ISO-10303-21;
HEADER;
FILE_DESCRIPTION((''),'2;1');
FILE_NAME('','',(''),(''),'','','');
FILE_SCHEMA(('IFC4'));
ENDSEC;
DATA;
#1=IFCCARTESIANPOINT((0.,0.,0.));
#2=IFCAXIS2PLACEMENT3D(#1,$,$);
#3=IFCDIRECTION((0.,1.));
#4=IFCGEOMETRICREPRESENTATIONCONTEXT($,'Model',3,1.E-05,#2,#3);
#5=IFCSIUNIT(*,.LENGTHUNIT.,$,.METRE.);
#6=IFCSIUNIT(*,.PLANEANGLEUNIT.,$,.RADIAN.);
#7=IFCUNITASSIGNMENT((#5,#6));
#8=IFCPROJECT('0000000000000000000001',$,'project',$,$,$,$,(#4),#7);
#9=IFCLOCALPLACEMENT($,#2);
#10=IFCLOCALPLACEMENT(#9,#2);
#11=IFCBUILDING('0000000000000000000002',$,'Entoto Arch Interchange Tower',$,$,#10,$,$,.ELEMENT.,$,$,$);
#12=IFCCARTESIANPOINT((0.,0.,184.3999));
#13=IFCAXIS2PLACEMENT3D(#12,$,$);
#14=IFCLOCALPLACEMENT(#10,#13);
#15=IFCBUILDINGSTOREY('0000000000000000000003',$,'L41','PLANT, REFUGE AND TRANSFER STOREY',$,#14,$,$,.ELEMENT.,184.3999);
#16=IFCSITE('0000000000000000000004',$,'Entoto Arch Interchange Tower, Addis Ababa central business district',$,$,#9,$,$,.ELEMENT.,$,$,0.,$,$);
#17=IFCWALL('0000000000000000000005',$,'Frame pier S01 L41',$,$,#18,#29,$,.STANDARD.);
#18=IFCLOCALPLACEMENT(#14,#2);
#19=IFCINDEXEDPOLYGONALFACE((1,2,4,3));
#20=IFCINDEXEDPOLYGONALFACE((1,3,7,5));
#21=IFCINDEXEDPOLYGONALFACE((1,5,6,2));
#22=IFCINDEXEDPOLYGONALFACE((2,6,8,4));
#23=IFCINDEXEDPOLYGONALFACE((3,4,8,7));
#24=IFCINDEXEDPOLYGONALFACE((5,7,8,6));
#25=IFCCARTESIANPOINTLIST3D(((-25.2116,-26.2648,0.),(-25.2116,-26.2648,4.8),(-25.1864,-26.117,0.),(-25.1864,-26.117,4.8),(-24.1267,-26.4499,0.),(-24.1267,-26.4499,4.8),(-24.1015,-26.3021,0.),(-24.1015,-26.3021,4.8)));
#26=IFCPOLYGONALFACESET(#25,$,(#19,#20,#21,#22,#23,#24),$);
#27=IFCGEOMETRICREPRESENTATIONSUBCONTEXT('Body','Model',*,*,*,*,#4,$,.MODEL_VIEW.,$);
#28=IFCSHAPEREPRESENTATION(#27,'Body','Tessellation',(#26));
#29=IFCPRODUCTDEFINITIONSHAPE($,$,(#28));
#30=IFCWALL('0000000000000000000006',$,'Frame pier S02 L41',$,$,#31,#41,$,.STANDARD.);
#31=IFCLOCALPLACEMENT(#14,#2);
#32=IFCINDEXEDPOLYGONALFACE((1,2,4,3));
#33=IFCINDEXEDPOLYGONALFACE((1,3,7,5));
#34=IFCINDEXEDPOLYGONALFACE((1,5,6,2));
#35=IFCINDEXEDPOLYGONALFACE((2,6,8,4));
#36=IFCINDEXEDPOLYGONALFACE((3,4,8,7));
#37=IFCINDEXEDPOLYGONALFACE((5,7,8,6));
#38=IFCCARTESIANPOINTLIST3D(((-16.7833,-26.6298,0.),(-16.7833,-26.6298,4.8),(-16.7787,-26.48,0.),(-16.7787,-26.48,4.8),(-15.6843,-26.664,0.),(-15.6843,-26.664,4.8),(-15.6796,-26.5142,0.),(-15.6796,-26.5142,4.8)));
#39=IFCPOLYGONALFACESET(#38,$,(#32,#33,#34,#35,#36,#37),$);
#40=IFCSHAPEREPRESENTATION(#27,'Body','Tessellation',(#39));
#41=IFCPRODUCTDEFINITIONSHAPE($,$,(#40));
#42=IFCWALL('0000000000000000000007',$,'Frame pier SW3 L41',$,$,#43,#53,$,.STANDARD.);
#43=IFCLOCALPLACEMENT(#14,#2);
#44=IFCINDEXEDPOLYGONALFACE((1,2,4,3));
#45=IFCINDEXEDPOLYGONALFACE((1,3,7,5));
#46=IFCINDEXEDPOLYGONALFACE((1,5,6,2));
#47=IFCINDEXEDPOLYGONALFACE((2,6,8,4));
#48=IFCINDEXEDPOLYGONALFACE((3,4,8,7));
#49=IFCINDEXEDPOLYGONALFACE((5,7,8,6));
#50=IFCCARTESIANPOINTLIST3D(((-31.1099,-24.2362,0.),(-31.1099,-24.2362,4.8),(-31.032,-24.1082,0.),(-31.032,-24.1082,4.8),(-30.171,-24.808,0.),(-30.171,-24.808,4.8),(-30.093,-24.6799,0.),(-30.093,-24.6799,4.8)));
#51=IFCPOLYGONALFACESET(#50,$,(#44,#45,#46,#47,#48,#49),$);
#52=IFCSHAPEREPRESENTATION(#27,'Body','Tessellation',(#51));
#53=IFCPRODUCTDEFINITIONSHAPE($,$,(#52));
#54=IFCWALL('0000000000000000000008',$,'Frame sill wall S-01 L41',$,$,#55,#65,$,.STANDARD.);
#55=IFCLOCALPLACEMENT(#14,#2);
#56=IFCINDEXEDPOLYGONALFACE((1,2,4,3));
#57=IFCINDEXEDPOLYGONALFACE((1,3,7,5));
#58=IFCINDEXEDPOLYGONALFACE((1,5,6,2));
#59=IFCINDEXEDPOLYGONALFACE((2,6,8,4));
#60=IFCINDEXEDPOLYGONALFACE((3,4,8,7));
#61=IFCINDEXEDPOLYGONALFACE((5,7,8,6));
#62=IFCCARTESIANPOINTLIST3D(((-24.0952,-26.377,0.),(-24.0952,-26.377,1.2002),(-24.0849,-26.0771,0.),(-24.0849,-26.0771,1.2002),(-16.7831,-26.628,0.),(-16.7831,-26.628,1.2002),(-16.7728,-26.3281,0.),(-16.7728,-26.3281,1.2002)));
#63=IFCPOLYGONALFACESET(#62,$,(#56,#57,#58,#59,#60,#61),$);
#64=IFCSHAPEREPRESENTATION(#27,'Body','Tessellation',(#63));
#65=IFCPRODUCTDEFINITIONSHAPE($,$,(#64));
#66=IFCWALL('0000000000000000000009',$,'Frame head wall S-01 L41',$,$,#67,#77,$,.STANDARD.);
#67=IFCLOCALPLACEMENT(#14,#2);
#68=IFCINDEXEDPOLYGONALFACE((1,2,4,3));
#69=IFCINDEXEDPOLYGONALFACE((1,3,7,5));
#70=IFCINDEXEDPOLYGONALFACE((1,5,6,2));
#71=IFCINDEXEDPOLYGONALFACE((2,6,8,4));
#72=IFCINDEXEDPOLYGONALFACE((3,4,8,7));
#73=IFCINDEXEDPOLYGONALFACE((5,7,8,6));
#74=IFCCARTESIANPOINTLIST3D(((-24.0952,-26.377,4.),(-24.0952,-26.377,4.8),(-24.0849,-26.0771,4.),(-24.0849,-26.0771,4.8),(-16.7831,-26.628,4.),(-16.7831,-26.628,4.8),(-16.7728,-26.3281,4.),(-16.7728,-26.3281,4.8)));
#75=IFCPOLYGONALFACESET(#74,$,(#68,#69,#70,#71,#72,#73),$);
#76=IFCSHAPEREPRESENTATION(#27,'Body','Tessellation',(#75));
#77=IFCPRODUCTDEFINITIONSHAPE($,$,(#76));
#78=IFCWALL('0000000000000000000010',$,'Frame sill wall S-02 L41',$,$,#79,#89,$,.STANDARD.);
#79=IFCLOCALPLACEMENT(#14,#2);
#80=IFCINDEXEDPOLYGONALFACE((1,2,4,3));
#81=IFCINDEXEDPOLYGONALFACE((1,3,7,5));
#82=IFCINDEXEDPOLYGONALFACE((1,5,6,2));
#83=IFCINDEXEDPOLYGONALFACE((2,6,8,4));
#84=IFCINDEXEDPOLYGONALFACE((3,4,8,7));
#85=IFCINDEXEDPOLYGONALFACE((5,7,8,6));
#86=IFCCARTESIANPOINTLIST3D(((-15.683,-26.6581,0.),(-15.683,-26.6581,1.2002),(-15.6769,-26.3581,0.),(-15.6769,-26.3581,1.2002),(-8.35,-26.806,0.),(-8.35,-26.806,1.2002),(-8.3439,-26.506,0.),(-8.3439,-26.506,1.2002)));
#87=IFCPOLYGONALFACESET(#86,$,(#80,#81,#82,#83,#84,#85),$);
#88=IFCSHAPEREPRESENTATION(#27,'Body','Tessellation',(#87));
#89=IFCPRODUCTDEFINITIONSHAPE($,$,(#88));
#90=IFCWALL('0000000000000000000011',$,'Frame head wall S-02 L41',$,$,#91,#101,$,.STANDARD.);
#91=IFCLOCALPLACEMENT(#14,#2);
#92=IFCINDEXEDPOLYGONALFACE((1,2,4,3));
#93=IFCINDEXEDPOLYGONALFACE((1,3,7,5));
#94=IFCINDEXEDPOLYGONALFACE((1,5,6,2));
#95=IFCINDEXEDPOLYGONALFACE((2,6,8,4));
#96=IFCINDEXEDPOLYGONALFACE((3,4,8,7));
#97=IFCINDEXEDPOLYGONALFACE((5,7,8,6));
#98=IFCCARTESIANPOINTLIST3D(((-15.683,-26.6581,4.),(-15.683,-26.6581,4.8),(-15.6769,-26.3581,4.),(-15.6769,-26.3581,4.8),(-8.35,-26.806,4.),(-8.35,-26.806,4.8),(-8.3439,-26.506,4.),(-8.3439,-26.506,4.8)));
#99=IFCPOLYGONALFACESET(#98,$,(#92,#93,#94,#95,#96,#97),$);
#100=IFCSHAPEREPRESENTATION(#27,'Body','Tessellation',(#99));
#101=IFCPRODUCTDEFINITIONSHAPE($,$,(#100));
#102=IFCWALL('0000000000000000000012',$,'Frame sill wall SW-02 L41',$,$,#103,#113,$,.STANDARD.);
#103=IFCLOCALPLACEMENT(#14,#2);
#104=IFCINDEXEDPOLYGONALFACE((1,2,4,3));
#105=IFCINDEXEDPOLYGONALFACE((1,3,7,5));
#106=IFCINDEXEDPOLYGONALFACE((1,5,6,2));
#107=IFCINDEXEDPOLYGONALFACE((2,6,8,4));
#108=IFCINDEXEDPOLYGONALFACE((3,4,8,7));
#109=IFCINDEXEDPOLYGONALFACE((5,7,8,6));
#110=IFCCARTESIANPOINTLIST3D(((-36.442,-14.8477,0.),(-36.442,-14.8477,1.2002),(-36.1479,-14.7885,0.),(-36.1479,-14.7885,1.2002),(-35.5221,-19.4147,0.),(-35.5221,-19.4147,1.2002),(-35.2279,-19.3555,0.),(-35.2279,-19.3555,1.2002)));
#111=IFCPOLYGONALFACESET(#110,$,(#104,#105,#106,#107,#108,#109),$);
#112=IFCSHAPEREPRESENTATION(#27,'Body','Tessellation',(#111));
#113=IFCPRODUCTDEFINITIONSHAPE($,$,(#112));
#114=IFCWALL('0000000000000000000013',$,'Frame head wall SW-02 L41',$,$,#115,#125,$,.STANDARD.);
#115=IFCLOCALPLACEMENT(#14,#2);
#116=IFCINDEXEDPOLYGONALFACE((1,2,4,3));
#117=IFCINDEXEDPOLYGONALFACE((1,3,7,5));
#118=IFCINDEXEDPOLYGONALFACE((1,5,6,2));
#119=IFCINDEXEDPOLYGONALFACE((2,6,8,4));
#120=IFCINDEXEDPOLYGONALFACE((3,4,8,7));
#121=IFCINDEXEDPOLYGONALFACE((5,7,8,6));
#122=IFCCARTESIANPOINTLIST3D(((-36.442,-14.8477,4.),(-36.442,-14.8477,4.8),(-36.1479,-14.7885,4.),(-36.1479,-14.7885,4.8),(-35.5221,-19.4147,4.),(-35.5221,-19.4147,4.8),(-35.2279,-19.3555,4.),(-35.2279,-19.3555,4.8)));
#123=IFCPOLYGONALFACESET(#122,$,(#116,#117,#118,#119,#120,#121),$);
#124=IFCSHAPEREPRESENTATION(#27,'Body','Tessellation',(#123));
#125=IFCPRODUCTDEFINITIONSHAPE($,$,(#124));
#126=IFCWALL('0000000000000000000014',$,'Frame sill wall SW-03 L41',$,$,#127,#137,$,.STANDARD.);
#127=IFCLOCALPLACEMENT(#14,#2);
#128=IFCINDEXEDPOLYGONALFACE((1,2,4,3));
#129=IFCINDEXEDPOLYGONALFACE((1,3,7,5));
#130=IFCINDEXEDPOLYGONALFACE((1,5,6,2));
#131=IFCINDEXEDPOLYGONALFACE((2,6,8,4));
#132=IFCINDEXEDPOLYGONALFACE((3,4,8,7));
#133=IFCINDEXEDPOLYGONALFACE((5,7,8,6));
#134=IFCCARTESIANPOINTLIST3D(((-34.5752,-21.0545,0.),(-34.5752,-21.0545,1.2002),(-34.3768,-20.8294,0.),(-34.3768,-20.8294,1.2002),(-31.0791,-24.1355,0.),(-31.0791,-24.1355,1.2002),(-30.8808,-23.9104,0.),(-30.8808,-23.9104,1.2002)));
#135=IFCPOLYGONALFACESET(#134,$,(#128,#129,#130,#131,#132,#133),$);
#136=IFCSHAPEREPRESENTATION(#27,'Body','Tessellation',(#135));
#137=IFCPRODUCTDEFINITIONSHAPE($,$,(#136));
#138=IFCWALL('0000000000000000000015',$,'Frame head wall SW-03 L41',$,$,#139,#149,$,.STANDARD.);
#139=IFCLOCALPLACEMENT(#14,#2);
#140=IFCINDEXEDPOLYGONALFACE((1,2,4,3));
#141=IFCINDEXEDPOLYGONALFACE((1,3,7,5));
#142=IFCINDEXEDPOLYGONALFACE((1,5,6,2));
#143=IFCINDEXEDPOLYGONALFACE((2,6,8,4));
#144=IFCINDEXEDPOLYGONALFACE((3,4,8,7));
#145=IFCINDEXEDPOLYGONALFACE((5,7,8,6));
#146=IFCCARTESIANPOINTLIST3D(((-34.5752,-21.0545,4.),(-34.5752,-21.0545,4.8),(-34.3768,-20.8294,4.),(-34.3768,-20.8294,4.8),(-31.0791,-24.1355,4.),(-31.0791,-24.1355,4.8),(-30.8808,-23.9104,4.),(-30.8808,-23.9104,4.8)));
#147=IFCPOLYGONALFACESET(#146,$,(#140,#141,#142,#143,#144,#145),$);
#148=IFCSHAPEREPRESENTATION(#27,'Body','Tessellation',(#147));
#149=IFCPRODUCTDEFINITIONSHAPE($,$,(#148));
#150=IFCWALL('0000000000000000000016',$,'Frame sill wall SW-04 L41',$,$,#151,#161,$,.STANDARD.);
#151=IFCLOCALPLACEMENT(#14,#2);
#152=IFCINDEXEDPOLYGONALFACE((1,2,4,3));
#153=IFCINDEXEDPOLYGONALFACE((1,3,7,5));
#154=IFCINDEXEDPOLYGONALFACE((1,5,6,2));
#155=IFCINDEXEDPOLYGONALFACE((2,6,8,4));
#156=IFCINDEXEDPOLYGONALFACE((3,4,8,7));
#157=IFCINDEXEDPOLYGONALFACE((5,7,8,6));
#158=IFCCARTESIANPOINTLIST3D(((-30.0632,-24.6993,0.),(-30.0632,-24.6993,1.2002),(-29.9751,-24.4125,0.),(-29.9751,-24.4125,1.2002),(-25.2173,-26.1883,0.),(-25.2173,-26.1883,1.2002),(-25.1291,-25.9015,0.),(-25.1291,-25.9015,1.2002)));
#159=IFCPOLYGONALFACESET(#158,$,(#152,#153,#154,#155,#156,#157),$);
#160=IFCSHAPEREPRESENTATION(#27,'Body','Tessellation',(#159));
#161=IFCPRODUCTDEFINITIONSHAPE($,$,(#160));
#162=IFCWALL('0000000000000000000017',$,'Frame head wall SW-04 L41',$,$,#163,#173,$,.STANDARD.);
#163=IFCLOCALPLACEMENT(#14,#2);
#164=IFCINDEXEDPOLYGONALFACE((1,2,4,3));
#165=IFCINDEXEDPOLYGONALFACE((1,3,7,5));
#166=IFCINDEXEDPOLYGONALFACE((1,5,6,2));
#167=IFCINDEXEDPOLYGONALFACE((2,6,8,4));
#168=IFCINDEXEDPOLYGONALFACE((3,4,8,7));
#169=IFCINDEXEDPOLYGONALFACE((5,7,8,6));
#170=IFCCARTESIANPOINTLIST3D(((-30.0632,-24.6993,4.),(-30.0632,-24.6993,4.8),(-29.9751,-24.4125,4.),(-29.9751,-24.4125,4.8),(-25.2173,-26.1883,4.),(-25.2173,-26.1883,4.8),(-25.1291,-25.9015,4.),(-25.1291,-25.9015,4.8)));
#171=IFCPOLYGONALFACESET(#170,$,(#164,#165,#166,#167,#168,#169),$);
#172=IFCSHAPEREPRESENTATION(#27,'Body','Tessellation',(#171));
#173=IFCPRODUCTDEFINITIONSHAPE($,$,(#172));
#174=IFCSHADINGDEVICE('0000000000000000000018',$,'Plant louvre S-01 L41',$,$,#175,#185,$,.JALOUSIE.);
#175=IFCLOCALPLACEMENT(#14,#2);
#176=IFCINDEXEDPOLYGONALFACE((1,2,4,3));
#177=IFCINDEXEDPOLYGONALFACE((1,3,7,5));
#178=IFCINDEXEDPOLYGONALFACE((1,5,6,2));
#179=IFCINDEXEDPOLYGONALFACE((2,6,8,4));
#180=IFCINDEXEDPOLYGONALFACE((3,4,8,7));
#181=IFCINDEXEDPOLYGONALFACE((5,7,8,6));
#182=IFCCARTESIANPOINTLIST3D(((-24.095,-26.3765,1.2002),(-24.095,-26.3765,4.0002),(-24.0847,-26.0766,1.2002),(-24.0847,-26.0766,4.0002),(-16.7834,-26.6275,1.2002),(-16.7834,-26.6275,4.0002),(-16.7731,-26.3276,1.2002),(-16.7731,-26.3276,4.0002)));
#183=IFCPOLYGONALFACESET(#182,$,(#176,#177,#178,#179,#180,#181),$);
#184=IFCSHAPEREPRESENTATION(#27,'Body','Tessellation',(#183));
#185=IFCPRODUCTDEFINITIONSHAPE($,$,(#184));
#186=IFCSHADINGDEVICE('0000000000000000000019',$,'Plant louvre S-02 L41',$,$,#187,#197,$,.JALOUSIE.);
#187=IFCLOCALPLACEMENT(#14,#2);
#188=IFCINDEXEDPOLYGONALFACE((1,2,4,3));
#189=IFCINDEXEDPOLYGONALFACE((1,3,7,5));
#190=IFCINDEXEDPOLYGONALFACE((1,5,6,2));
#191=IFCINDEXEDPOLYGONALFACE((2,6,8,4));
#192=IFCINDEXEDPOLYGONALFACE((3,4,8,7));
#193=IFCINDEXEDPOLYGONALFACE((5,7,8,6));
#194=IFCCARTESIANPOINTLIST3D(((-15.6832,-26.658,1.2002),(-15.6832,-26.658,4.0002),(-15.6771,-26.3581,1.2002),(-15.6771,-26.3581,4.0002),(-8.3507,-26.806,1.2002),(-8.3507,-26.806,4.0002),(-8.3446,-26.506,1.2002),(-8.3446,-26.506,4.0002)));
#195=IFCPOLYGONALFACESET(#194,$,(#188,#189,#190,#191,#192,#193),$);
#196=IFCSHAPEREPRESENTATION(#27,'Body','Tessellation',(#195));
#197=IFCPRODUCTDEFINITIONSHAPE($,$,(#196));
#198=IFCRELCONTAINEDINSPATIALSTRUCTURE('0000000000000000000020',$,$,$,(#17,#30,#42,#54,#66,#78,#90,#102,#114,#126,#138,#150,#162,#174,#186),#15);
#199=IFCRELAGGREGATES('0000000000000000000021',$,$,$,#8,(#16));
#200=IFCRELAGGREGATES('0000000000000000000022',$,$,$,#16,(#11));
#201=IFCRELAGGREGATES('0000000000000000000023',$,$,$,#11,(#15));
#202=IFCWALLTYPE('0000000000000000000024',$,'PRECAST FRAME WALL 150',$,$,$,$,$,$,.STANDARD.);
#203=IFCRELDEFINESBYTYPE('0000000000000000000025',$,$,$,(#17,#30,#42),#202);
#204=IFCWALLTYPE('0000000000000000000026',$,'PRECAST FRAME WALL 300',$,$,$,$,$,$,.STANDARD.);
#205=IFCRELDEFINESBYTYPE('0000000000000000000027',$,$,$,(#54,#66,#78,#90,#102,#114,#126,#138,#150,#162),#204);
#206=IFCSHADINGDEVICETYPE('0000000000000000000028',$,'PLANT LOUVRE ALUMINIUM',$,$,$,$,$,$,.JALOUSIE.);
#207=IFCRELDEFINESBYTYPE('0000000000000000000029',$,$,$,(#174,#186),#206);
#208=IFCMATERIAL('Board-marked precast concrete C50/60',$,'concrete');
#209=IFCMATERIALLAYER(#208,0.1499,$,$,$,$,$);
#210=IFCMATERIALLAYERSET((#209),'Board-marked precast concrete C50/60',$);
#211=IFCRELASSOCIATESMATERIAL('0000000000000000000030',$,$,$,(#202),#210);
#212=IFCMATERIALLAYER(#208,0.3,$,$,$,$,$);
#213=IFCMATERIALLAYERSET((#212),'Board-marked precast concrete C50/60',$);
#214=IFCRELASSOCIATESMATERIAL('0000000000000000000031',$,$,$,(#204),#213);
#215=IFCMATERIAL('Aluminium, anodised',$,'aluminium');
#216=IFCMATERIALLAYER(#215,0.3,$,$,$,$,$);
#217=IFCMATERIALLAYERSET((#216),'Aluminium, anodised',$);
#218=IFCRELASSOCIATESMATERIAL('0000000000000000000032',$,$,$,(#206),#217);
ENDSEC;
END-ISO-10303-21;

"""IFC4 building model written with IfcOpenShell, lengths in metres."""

from ifc_helpers import new_model, si_unit, direction, frame, frame_2d, origin, origin_2d, place, context, subcontext, project, spatial, rectangle, extrude, material, layer, layer_set, type_object, element, save


model = new_model("IFC4")

# Units and contexts
model_context = context("Model", 3, precision=1e-05, world=origin(), true_north=direction((0.0, 1.0)))
body_context = subcontext(model_context, "Body", "Model", "MODEL_VIEW")
ifc_project = project(units=[si_unit("LENGTHUNIT", "METRE"), si_unit("PLANEANGLEUNIT", "RADIAN")], contexts=[model_context])

# Site, building, storey
site_placement = place(None, origin())
site = spatial("IfcSite", under=ifc_project, at=site_placement, Name="Entoto Arch Interchange Tower, Addis Ababa central business district", CompositionType="ELEMENT", RefElevation=0.0)
building_placement = place(site_placement, origin())
building = spatial("IfcBuilding", under=site, at=building_placement, Name="Entoto Arch Interchange Tower", CompositionType="ELEMENT")
storey_placement = place(building_placement, frame((0.0, 0.0, 184.3999)))
storey = spatial("IfcBuildingStorey", under=building, at=storey_placement, Name="L41", Description="PLANT, REFUGE AND TRANSFER STOREY", CompositionType="ELEMENT", Elevation=184.3999)

# Walls
ifc_material_1 = material(Name="Board-marked precast concrete C50/60", Category="concrete")
ifc_layer_1 = layer(ifc_material_1, 0.1499)
ifc_layer_set_1 = layer_set([ifc_layer_1], Name="Board-marked precast concrete C50/60")
wall_type_1 = type_object("IfcWallType", Name="PRECAST FRAME WALL 150", PredefinedType="STANDARD", material=ifc_layer_set_1)
wall_1_placement = place(storey_placement, frame((-25.199, -26.1909, 0.0), z_axis=(0.0, 0.0, 1.0), x_axis=(0.985763, -0.168139, 0.0)))
element("IfcWall", 1, at=wall_1_placement, inside=storey, type_object=wall_type_1, Name="Frame pier S01 L41", PredefinedType="STANDARD", context=body_context, shape_type="SweptSolid", body=[
    extrude(rectangle(XDim=1.1006, YDim=0.1499, at=frame_2d((0.5503, 0.0))), origin(), (0.0, 0.0, 1.0), 4.8),
])
wall_2_placement = place(storey_placement, frame((-16.781, -26.5549, 0.0), z_axis=(0.0, 0.0, 1.0), x_axis=(0.999517, -0.031082, 0.0)))
element("IfcWall", 2, at=wall_2_placement, inside=storey, type_object=wall_type_1, Name="Frame pier S02 L41", PredefinedType="STANDARD", context=body_context, shape_type="SweptSolid", body=[
    extrude(rectangle(XDim=1.0996, YDim=0.1499, at=frame_2d((0.5498, 0.0))), origin(), (0.0, 0.0, 1.0), 4.8),
])
wall_3_placement = place(storey_placement, frame((-31.071, -24.1721, 0.0), z_axis=(0.0, 0.0, 1.0), x_axis=(0.854104, -0.520102, 0.0)))
element("IfcWall", 3, at=wall_3_placement, inside=storey, type_object=wall_type_1, Name="Frame pier SW3 L41", PredefinedType="STANDARD", context=body_context, shape_type="SweptSolid", body=[
    extrude(rectangle(XDim=1.0994, YDim=0.1499, at=frame_2d((0.5498, 0.0))), origin(), (0.0, 0.0, 1.0), 4.8),
])
ifc_layer_2 = layer(ifc_material_1, 0.3)
ifc_layer_set_2 = layer_set([ifc_layer_2], Name="Board-marked precast concrete C50/60")
wall_type_2 = type_object("IfcWallType", Name="PRECAST FRAME WALL 300", PredefinedType="STANDARD", material=ifc_layer_set_2)
wall_4_placement = place(storey_placement, frame((-24.0901, -26.2271, 0.0), z_axis=(0.0, 0.0, 1.0), x_axis=(0.999411, -0.034304, 0.0)))
element("IfcWall", 4, at=wall_4_placement, inside=storey, type_object=wall_type_2, Name="Frame sill wall S-01 L41", PredefinedType="STANDARD", context=body_context, shape_type="SweptSolid", body=[
    extrude(rectangle(XDim=7.3164, YDim=0.3, at=frame_2d((3.6582, 0.0))), origin(), (0.0, 0.0, 1.0), 1.2002),
])
wall_5_placement = place(storey_placement, frame((-24.0901, -26.2271, 4.0), z_axis=(0.0, 0.0, 1.0), x_axis=(0.999411, -0.034304, 0.0)))
element("IfcWall", 5, at=wall_5_placement, inside=storey, type_object=wall_type_2, Name="Frame head wall S-01 L41", PredefinedType="STANDARD", context=body_context, shape_type="SweptSolid", body=[
    extrude(rectangle(XDim=7.3164, YDim=0.3, at=frame_2d((3.6582, 0.0))), origin(), (0.0, 0.0, 1.0), 0.8),
])
wall_6_placement = place(storey_placement, frame((-15.6799, -26.5081, 0.0), z_axis=(0.0, 0.0, 1.0), x_axis=(0.999797, -0.020172, 0.0)))
element("IfcWall", 6, at=wall_6_placement, inside=storey, type_object=wall_type_2, Name="Frame sill wall S-02 L41", PredefinedType="STANDARD", context=body_context, shape_type="SweptSolid", body=[
    extrude(rectangle(XDim=7.3345, YDim=0.3, at=frame_2d((3.6672, 0.0))), origin(), (0.0, 0.0, 1.0), 1.2002),
])
wall_7_placement = place(storey_placement, frame((-15.6799, -26.5081, 4.0), z_axis=(0.0, 0.0, 1.0), x_axis=(0.999797, -0.020172, 0.0)))
element("IfcWall", 7, at=wall_7_placement, inside=storey, type_object=wall_type_2, Name="Frame head wall S-02 L41", PredefinedType="STANDARD", context=body_context, shape_type="SweptSolid", body=[
    extrude(rectangle(XDim=7.3345, YDim=0.3, at=frame_2d((3.6672, 0.0))), origin(), (0.0, 0.0, 1.0), 0.8),
])
wall_8_placement = place(storey_placement, frame((-36.2949, -14.8181, 0.0), z_axis=(0.0, 0.0, 1.0), x_axis=(0.197466, -0.98031, 0.0)))
element("IfcWall", 8, at=wall_8_placement, inside=storey, type_object=wall_type_2, Name="Frame sill wall SW-02 L41", PredefinedType="STANDARD", context=body_context, shape_type="SweptSolid", body=[
    extrude(rectangle(XDim=4.6587, YDim=0.3, at=frame_2d((2.3293, 0.0))), origin(), (0.0, 0.0, 1.0), 1.2002),
])
wall_9_placement = place(storey_placement, frame((-36.2949, -14.8181, 4.0), z_axis=(0.0, 0.0, 1.0), x_axis=(0.197466, -0.98031, 0.0)))
element("IfcWall", 9, at=wall_9_placement, inside=storey, type_object=wall_type_2, Name="Frame head wall SW-02 L41", PredefinedType="STANDARD", context=body_context, shape_type="SweptSolid", body=[
    extrude(rectangle(XDim=4.6587, YDim=0.3, at=frame_2d((2.3293, 0.0))), origin(), (0.0, 0.0, 1.0), 0.8),
])
wall_10_placement = place(storey_placement, frame((-34.4761, -20.9419, 0.0), z_axis=(0.0, 0.0, 1.0), x_axis=(0.750235, -0.661171, 0.0)))
element("IfcWall", 10, at=wall_10_placement, inside=storey, type_object=wall_type_2, Name="Frame sill wall SW-03 L41", PredefinedType="STANDARD", context=body_context, shape_type="SweptSolid", body=[
    extrude(rectangle(XDim=4.6599, YDim=0.3, at=frame_2d((2.3301, 0.0))), origin(), (0.0, 0.0, 1.0), 1.2002),
])
wall_11_placement = place(storey_placement, frame((-34.4761, -20.9419, 4.0), z_axis=(0.0, 0.0, 1.0), x_axis=(0.750235, -0.661171, 0.0)))
element("IfcWall", 11, at=wall_11_placement, inside=storey, type_object=wall_type_2, Name="Frame head wall SW-03 L41", PredefinedType="STANDARD", context=body_context, shape_type="SweptSolid", body=[
    extrude(rectangle(XDim=4.6599, YDim=0.3, at=frame_2d((2.3301, 0.0))), origin(), (0.0, 0.0, 1.0), 0.8),
])
wall_12_placement = place(storey_placement, frame((-30.019, -24.5559, 0.0), z_axis=(0.0, 0.0, 1.0), x_axis=(0.955892, -0.293717, 0.0)))
element("IfcWall", 12, at=wall_12_placement, inside=storey, type_object=wall_type_2, Name="Frame sill wall SW-04 L41", PredefinedType="STANDARD", context=body_context, shape_type="SweptSolid", body=[
    extrude(rectangle(XDim=5.0696, YDim=0.3, at=frame_2d((2.5347, 0.0))), origin(), (0.0, 0.0, 1.0), 1.2002),
])
wall_13_placement = place(storey_placement, frame((-30.019, -24.5559, 4.0), z_axis=(0.0, 0.0, 1.0), x_axis=(0.955892, -0.293717, 0.0)))
element("IfcWall", 13, at=wall_13_placement, inside=storey, type_object=wall_type_2, Name="Frame head wall SW-04 L41", PredefinedType="STANDARD", context=body_context, shape_type="SweptSolid", body=[
    extrude(rectangle(XDim=5.0696, YDim=0.3, at=frame_2d((2.5347, 0.0))), origin(), (0.0, 0.0, 1.0), 0.8),
])

# Shading devices
ifc_material_2 = material(Name="Aluminium, anodised", Category="aluminium")
ifc_layer_3 = layer(ifc_material_2, 0.3)
ifc_layer_set_3 = layer_set([ifc_layer_3], Name="Aluminium, anodised")
shading_device_type = type_object("IfcShadingDeviceType", Name="PLANT LOUVRE ALUMINIUM", PredefinedType="JALOUSIE", material=ifc_layer_set_3)
shading_device_1_placement = place(storey_placement, frame((-20.4341, -26.3521, 1.2002), z_axis=(0.0, 0.0, 1.0), x_axis=(0.999411, -0.034306, 0.0)))
element("IfcShadingDevice", 14, at=shading_device_1_placement, inside=storey, type_object=shading_device_type, Name="Plant louvre S-01 L41", PredefinedType="JALOUSIE", context=body_context, shape_type="SweptSolid", body=[
    extrude(rectangle(XDim=7.3159, YDim=0.3, at=origin_2d()), origin(), (0.0, 0.0, 1.0), 2.8),
])
shading_device_2_placement = place(storey_placement, frame((-12.0139, -26.582, 1.2002), z_axis=(0.0, 0.0, 1.0), x_axis=(0.999796, -0.020175, 0.0)))
element("IfcShadingDevice", 15, at=shading_device_2_placement, inside=storey, type_object=shading_device_type, Name="Plant louvre S-02 L41", PredefinedType="JALOUSIE", context=body_context, shape_type="SweptSolid", body=[
    extrude(rectangle(XDim=7.334, YDim=0.3, at=origin_2d()), origin(), (0.0, 0.0, 1.0), 2.8),
])

save(model, "model.ifc")
